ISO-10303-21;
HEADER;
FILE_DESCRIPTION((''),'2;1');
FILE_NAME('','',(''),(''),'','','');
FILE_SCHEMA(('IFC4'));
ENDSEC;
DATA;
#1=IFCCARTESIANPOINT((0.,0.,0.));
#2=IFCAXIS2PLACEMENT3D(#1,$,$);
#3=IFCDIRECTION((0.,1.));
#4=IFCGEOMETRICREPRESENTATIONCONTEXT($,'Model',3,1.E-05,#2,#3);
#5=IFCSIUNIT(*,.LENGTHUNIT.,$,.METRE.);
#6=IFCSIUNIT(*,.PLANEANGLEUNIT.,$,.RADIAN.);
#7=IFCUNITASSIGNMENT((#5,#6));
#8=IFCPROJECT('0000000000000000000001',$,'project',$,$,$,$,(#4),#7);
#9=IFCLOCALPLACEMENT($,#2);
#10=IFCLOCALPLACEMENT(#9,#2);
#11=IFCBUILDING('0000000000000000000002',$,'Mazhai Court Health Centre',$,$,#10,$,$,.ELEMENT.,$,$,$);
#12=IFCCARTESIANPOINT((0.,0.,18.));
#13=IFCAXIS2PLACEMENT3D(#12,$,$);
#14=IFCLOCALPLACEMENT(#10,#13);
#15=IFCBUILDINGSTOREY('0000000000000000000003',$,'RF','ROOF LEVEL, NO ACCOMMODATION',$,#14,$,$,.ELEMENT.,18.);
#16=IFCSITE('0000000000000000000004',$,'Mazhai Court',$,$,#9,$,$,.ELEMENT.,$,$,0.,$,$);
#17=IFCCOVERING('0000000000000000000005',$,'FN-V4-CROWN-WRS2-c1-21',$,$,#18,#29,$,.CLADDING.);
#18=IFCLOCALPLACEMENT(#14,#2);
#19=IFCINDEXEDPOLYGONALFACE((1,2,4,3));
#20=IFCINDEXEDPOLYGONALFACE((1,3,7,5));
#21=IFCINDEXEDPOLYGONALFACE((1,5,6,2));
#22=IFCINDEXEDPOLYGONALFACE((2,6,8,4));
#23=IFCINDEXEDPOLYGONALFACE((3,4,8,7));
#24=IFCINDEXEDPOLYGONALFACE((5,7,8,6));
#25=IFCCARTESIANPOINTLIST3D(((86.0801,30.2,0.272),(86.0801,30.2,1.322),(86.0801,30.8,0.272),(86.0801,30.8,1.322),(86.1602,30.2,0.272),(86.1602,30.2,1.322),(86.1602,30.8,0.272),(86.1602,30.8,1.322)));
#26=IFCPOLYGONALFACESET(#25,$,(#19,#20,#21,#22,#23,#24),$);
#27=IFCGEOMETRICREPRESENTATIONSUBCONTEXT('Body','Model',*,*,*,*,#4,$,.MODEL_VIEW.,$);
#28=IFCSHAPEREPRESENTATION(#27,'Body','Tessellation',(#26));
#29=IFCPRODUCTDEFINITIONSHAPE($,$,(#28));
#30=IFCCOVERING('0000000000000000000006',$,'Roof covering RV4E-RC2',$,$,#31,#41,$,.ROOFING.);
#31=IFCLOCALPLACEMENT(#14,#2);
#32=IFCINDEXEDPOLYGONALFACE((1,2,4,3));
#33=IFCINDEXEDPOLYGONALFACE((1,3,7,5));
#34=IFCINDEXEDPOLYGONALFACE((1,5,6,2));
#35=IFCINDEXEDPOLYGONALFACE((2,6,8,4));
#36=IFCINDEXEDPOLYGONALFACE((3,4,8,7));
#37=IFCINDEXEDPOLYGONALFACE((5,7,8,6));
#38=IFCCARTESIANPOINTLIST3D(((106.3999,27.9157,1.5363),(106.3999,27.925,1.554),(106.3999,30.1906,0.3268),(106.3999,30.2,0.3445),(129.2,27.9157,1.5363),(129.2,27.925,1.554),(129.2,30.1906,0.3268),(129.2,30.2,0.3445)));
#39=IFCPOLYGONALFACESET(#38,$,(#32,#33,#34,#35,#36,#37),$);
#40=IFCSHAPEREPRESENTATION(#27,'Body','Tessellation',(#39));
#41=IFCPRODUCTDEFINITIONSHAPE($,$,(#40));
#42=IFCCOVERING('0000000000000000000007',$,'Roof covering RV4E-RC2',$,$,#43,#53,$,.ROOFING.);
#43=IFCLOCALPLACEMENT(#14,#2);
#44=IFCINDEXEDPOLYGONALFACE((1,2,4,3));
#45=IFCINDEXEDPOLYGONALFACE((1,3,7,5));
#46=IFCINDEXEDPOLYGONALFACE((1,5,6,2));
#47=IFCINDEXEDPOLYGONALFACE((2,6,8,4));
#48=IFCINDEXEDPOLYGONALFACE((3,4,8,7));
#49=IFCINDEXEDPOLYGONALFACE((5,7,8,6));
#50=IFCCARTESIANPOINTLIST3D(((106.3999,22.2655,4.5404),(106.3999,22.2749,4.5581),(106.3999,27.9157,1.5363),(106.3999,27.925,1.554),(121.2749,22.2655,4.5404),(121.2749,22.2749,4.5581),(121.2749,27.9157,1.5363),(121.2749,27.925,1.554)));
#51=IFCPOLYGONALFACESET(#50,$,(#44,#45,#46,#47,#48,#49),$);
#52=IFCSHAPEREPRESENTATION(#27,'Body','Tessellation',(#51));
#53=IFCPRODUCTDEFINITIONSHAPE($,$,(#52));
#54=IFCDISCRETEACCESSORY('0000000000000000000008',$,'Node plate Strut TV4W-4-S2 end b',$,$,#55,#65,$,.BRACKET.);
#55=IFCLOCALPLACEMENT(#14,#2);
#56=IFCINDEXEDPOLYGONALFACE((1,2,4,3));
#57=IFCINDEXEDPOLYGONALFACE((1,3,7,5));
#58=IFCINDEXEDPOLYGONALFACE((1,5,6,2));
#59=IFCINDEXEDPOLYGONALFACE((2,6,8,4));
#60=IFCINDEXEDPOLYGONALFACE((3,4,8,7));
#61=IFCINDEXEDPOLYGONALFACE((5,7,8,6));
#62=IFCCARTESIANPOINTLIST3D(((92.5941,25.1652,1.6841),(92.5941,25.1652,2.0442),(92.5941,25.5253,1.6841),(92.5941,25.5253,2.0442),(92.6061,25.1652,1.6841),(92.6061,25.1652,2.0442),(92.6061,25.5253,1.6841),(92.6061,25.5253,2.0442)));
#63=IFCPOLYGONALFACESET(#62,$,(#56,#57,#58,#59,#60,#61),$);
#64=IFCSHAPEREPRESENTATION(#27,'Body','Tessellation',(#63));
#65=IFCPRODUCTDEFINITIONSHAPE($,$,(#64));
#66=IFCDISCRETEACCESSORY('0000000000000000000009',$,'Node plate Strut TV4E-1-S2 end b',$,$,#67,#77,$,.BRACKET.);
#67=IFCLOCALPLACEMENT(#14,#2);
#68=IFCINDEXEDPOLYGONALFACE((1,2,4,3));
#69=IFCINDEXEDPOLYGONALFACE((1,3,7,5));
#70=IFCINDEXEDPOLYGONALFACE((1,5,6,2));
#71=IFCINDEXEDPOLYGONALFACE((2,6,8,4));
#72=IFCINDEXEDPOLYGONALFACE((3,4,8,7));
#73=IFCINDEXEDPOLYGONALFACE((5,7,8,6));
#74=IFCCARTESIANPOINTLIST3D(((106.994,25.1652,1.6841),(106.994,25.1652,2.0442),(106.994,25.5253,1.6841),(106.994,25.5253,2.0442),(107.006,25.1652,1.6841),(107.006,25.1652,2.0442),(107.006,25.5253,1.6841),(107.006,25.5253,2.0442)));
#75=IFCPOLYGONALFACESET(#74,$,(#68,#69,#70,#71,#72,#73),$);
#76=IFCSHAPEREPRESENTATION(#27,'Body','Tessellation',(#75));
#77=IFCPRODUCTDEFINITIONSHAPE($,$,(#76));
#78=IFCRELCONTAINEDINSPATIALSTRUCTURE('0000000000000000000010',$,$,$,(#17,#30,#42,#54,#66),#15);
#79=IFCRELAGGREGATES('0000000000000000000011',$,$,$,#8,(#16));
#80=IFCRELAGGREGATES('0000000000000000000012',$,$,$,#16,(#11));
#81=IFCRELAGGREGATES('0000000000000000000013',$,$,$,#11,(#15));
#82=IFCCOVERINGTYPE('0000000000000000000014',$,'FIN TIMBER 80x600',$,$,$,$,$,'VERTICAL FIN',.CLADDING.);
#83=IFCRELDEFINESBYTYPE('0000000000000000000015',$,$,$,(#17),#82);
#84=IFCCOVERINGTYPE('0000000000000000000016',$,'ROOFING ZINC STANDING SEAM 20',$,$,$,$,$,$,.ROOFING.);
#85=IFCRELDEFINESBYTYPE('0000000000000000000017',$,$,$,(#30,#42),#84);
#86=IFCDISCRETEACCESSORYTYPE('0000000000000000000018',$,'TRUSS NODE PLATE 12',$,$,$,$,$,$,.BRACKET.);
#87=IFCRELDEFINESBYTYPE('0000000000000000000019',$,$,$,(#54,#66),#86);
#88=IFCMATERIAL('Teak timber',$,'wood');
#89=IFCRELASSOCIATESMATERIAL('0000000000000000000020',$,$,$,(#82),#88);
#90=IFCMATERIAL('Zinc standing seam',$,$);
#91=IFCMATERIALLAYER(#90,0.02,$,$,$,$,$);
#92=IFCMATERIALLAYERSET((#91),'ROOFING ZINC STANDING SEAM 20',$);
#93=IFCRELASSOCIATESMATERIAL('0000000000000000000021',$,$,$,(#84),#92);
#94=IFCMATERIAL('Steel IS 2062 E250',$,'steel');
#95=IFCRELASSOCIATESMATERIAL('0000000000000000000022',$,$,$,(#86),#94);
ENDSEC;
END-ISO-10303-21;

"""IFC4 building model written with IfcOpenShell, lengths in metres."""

from ifc_helpers import new_model, si_unit, direction, frame, origin, origin_2d, place, context, subcontext, project, spatial, polyline, rectangle, outline, extrude, material, layer, layer_set, type_object, element, save


model = new_model("IFC4")

# Units and contexts
model_context = context("Model", 3, precision=1e-05, world=origin(), true_north=direction((0.0, 1.0)))
body_context = subcontext(model_context, "Body", "Model", "MODEL_VIEW")
ifc_project = project(units=[si_unit("LENGTHUNIT", "METRE"), si_unit("PLANEANGLEUNIT", "RADIAN")], contexts=[model_context])

# Site, building, storey
site_placement = place(None, origin())
site = spatial("IfcSite", under=ifc_project, at=site_placement, Name="Mazhai Court", CompositionType="ELEMENT", RefElevation=0.0)
building_placement = place(site_placement, origin())
building = spatial("IfcBuilding", under=site, at=building_placement, Name="Mazhai Court Health Centre", CompositionType="ELEMENT")
storey_placement = place(building_placement, frame((0.0, 0.0, 18.0)))
storey = spatial("IfcBuildingStorey", under=building, at=storey_placement, Name="RF", Description="ROOF LEVEL, NO ACCOMMODATION", CompositionType="ELEMENT", Elevation=18.0)

# Coverings
ifc_material_1 = material(Name="Teak timber", Category="wood")
covering_type_1 = type_object("IfcCoveringType", Name="FIN TIMBER 80x600", ElementType="VERTICAL FIN", PredefinedType="CLADDING", material=ifc_material_1)
covering_1_placement = place(storey_placement, frame((86.1201, 30.5, 0.272), z_axis=(0.0, 0.0, 1.0), x_axis=(1.0, 0.0, 0.0)))
element("IfcCovering", 1, at=covering_1_placement, inside=storey, type_object=covering_type_1, Name="FN-V4-CROWN-WRS2-c1-21", PredefinedType="CLADDING", context=body_context, shape_type="SweptSolid", body=[
    extrude(rectangle(XDim=0.0801, YDim=0.6001, at=origin_2d()), origin(), (0.0, 0.0, 1.0), 1.05),
])
ifc_material_2 = material(Name="Zinc standing seam")
ifc_layer_1 = layer(ifc_material_2, 0.02)
ifc_layer_set_1 = layer_set([ifc_layer_1], Name="ROOFING ZINC STANDING SEAM 20")
covering_type_2 = type_object("IfcCoveringType", Name="ROOFING ZINC STANDING SEAM 20", PredefinedType="ROOFING", material=ifc_layer_set_1)
covering_2_placement = place(storey_placement, frame((106.3999, 30.2, 0.3445), z_axis=(0.0, 0.469437, 0.882966), x_axis=(1.0, 0.0, 0.0)))
element("IfcCovering", 2, at=covering_2_placement, inside=storey, type_object=covering_type_2, Name="Roof covering RV4E-RC2", PredefinedType="ROOFING", context=body_context, shape_type="SweptSolid", body=[
    extrude(outline(polyline([(0.0, 0.0), (22.8, 0.0), (22.8, -2.5764), (0.0, -2.5764), (0.0, 0.0)])), origin(), (0.0, 0.0, -1.0), 0.02),
])
covering_3_placement = place(storey_placement, frame((106.3999, 27.925, 1.554), z_axis=(0.0, 0.469461, 0.882953), x_axis=(1.0, 0.0, 0.0)))
element("IfcCovering", 3, at=covering_3_placement, inside=storey, type_object=covering_type_2, Name="Roof covering RV4E-RC2", PredefinedType="ROOFING", context=body_context, shape_type="SweptSolid", body=[
    extrude(outline(polyline([(0.0, 0.0), (14.875, 0.0), (14.875, -6.3991), (0.0, -6.3991), (0.0, 0.0)])), origin(), (0.0, 0.0, -1.0), 0.02),
])

# Discrete accessories
ifc_material_3 = material(Name="Steel IS 2062 E250", Category="steel")
discrete_accessory_type = type_object("IfcDiscreteAccessoryType", Name="TRUSS NODE PLATE 12", PredefinedType="BRACKET", material=ifc_material_3)
for number, where, z_axis, x_axis, name in (
    (4, (92.6001, 25.3452, 1.6841), (0.0, 0.0, 1.0), (1.0, 0.0, 0.0), "Node plate Strut TV4W-4-S2 end b"),
    (5, (107.0, 25.3452, 1.6841), (0.0, 0.0, 1.0), (1.0, 0.0, 0.0), "Node plate Strut TV4E-1-S2 end b"),
):
    element("IfcDiscreteAccessory", number, at=place(storey_placement, frame(where, z_axis=z_axis, x_axis=x_axis)), inside=storey, type_object=discrete_accessory_type, Name=name, PredefinedType="BRACKET", context=body_context, shape_type="SweptSolid", body=[
        extrude(rectangle(XDim=0.012, YDim=0.3601, at=origin_2d()), origin(), (0.0, 0.0, 1.0), 0.3601),
    ])

save(model, "model.ifc")
